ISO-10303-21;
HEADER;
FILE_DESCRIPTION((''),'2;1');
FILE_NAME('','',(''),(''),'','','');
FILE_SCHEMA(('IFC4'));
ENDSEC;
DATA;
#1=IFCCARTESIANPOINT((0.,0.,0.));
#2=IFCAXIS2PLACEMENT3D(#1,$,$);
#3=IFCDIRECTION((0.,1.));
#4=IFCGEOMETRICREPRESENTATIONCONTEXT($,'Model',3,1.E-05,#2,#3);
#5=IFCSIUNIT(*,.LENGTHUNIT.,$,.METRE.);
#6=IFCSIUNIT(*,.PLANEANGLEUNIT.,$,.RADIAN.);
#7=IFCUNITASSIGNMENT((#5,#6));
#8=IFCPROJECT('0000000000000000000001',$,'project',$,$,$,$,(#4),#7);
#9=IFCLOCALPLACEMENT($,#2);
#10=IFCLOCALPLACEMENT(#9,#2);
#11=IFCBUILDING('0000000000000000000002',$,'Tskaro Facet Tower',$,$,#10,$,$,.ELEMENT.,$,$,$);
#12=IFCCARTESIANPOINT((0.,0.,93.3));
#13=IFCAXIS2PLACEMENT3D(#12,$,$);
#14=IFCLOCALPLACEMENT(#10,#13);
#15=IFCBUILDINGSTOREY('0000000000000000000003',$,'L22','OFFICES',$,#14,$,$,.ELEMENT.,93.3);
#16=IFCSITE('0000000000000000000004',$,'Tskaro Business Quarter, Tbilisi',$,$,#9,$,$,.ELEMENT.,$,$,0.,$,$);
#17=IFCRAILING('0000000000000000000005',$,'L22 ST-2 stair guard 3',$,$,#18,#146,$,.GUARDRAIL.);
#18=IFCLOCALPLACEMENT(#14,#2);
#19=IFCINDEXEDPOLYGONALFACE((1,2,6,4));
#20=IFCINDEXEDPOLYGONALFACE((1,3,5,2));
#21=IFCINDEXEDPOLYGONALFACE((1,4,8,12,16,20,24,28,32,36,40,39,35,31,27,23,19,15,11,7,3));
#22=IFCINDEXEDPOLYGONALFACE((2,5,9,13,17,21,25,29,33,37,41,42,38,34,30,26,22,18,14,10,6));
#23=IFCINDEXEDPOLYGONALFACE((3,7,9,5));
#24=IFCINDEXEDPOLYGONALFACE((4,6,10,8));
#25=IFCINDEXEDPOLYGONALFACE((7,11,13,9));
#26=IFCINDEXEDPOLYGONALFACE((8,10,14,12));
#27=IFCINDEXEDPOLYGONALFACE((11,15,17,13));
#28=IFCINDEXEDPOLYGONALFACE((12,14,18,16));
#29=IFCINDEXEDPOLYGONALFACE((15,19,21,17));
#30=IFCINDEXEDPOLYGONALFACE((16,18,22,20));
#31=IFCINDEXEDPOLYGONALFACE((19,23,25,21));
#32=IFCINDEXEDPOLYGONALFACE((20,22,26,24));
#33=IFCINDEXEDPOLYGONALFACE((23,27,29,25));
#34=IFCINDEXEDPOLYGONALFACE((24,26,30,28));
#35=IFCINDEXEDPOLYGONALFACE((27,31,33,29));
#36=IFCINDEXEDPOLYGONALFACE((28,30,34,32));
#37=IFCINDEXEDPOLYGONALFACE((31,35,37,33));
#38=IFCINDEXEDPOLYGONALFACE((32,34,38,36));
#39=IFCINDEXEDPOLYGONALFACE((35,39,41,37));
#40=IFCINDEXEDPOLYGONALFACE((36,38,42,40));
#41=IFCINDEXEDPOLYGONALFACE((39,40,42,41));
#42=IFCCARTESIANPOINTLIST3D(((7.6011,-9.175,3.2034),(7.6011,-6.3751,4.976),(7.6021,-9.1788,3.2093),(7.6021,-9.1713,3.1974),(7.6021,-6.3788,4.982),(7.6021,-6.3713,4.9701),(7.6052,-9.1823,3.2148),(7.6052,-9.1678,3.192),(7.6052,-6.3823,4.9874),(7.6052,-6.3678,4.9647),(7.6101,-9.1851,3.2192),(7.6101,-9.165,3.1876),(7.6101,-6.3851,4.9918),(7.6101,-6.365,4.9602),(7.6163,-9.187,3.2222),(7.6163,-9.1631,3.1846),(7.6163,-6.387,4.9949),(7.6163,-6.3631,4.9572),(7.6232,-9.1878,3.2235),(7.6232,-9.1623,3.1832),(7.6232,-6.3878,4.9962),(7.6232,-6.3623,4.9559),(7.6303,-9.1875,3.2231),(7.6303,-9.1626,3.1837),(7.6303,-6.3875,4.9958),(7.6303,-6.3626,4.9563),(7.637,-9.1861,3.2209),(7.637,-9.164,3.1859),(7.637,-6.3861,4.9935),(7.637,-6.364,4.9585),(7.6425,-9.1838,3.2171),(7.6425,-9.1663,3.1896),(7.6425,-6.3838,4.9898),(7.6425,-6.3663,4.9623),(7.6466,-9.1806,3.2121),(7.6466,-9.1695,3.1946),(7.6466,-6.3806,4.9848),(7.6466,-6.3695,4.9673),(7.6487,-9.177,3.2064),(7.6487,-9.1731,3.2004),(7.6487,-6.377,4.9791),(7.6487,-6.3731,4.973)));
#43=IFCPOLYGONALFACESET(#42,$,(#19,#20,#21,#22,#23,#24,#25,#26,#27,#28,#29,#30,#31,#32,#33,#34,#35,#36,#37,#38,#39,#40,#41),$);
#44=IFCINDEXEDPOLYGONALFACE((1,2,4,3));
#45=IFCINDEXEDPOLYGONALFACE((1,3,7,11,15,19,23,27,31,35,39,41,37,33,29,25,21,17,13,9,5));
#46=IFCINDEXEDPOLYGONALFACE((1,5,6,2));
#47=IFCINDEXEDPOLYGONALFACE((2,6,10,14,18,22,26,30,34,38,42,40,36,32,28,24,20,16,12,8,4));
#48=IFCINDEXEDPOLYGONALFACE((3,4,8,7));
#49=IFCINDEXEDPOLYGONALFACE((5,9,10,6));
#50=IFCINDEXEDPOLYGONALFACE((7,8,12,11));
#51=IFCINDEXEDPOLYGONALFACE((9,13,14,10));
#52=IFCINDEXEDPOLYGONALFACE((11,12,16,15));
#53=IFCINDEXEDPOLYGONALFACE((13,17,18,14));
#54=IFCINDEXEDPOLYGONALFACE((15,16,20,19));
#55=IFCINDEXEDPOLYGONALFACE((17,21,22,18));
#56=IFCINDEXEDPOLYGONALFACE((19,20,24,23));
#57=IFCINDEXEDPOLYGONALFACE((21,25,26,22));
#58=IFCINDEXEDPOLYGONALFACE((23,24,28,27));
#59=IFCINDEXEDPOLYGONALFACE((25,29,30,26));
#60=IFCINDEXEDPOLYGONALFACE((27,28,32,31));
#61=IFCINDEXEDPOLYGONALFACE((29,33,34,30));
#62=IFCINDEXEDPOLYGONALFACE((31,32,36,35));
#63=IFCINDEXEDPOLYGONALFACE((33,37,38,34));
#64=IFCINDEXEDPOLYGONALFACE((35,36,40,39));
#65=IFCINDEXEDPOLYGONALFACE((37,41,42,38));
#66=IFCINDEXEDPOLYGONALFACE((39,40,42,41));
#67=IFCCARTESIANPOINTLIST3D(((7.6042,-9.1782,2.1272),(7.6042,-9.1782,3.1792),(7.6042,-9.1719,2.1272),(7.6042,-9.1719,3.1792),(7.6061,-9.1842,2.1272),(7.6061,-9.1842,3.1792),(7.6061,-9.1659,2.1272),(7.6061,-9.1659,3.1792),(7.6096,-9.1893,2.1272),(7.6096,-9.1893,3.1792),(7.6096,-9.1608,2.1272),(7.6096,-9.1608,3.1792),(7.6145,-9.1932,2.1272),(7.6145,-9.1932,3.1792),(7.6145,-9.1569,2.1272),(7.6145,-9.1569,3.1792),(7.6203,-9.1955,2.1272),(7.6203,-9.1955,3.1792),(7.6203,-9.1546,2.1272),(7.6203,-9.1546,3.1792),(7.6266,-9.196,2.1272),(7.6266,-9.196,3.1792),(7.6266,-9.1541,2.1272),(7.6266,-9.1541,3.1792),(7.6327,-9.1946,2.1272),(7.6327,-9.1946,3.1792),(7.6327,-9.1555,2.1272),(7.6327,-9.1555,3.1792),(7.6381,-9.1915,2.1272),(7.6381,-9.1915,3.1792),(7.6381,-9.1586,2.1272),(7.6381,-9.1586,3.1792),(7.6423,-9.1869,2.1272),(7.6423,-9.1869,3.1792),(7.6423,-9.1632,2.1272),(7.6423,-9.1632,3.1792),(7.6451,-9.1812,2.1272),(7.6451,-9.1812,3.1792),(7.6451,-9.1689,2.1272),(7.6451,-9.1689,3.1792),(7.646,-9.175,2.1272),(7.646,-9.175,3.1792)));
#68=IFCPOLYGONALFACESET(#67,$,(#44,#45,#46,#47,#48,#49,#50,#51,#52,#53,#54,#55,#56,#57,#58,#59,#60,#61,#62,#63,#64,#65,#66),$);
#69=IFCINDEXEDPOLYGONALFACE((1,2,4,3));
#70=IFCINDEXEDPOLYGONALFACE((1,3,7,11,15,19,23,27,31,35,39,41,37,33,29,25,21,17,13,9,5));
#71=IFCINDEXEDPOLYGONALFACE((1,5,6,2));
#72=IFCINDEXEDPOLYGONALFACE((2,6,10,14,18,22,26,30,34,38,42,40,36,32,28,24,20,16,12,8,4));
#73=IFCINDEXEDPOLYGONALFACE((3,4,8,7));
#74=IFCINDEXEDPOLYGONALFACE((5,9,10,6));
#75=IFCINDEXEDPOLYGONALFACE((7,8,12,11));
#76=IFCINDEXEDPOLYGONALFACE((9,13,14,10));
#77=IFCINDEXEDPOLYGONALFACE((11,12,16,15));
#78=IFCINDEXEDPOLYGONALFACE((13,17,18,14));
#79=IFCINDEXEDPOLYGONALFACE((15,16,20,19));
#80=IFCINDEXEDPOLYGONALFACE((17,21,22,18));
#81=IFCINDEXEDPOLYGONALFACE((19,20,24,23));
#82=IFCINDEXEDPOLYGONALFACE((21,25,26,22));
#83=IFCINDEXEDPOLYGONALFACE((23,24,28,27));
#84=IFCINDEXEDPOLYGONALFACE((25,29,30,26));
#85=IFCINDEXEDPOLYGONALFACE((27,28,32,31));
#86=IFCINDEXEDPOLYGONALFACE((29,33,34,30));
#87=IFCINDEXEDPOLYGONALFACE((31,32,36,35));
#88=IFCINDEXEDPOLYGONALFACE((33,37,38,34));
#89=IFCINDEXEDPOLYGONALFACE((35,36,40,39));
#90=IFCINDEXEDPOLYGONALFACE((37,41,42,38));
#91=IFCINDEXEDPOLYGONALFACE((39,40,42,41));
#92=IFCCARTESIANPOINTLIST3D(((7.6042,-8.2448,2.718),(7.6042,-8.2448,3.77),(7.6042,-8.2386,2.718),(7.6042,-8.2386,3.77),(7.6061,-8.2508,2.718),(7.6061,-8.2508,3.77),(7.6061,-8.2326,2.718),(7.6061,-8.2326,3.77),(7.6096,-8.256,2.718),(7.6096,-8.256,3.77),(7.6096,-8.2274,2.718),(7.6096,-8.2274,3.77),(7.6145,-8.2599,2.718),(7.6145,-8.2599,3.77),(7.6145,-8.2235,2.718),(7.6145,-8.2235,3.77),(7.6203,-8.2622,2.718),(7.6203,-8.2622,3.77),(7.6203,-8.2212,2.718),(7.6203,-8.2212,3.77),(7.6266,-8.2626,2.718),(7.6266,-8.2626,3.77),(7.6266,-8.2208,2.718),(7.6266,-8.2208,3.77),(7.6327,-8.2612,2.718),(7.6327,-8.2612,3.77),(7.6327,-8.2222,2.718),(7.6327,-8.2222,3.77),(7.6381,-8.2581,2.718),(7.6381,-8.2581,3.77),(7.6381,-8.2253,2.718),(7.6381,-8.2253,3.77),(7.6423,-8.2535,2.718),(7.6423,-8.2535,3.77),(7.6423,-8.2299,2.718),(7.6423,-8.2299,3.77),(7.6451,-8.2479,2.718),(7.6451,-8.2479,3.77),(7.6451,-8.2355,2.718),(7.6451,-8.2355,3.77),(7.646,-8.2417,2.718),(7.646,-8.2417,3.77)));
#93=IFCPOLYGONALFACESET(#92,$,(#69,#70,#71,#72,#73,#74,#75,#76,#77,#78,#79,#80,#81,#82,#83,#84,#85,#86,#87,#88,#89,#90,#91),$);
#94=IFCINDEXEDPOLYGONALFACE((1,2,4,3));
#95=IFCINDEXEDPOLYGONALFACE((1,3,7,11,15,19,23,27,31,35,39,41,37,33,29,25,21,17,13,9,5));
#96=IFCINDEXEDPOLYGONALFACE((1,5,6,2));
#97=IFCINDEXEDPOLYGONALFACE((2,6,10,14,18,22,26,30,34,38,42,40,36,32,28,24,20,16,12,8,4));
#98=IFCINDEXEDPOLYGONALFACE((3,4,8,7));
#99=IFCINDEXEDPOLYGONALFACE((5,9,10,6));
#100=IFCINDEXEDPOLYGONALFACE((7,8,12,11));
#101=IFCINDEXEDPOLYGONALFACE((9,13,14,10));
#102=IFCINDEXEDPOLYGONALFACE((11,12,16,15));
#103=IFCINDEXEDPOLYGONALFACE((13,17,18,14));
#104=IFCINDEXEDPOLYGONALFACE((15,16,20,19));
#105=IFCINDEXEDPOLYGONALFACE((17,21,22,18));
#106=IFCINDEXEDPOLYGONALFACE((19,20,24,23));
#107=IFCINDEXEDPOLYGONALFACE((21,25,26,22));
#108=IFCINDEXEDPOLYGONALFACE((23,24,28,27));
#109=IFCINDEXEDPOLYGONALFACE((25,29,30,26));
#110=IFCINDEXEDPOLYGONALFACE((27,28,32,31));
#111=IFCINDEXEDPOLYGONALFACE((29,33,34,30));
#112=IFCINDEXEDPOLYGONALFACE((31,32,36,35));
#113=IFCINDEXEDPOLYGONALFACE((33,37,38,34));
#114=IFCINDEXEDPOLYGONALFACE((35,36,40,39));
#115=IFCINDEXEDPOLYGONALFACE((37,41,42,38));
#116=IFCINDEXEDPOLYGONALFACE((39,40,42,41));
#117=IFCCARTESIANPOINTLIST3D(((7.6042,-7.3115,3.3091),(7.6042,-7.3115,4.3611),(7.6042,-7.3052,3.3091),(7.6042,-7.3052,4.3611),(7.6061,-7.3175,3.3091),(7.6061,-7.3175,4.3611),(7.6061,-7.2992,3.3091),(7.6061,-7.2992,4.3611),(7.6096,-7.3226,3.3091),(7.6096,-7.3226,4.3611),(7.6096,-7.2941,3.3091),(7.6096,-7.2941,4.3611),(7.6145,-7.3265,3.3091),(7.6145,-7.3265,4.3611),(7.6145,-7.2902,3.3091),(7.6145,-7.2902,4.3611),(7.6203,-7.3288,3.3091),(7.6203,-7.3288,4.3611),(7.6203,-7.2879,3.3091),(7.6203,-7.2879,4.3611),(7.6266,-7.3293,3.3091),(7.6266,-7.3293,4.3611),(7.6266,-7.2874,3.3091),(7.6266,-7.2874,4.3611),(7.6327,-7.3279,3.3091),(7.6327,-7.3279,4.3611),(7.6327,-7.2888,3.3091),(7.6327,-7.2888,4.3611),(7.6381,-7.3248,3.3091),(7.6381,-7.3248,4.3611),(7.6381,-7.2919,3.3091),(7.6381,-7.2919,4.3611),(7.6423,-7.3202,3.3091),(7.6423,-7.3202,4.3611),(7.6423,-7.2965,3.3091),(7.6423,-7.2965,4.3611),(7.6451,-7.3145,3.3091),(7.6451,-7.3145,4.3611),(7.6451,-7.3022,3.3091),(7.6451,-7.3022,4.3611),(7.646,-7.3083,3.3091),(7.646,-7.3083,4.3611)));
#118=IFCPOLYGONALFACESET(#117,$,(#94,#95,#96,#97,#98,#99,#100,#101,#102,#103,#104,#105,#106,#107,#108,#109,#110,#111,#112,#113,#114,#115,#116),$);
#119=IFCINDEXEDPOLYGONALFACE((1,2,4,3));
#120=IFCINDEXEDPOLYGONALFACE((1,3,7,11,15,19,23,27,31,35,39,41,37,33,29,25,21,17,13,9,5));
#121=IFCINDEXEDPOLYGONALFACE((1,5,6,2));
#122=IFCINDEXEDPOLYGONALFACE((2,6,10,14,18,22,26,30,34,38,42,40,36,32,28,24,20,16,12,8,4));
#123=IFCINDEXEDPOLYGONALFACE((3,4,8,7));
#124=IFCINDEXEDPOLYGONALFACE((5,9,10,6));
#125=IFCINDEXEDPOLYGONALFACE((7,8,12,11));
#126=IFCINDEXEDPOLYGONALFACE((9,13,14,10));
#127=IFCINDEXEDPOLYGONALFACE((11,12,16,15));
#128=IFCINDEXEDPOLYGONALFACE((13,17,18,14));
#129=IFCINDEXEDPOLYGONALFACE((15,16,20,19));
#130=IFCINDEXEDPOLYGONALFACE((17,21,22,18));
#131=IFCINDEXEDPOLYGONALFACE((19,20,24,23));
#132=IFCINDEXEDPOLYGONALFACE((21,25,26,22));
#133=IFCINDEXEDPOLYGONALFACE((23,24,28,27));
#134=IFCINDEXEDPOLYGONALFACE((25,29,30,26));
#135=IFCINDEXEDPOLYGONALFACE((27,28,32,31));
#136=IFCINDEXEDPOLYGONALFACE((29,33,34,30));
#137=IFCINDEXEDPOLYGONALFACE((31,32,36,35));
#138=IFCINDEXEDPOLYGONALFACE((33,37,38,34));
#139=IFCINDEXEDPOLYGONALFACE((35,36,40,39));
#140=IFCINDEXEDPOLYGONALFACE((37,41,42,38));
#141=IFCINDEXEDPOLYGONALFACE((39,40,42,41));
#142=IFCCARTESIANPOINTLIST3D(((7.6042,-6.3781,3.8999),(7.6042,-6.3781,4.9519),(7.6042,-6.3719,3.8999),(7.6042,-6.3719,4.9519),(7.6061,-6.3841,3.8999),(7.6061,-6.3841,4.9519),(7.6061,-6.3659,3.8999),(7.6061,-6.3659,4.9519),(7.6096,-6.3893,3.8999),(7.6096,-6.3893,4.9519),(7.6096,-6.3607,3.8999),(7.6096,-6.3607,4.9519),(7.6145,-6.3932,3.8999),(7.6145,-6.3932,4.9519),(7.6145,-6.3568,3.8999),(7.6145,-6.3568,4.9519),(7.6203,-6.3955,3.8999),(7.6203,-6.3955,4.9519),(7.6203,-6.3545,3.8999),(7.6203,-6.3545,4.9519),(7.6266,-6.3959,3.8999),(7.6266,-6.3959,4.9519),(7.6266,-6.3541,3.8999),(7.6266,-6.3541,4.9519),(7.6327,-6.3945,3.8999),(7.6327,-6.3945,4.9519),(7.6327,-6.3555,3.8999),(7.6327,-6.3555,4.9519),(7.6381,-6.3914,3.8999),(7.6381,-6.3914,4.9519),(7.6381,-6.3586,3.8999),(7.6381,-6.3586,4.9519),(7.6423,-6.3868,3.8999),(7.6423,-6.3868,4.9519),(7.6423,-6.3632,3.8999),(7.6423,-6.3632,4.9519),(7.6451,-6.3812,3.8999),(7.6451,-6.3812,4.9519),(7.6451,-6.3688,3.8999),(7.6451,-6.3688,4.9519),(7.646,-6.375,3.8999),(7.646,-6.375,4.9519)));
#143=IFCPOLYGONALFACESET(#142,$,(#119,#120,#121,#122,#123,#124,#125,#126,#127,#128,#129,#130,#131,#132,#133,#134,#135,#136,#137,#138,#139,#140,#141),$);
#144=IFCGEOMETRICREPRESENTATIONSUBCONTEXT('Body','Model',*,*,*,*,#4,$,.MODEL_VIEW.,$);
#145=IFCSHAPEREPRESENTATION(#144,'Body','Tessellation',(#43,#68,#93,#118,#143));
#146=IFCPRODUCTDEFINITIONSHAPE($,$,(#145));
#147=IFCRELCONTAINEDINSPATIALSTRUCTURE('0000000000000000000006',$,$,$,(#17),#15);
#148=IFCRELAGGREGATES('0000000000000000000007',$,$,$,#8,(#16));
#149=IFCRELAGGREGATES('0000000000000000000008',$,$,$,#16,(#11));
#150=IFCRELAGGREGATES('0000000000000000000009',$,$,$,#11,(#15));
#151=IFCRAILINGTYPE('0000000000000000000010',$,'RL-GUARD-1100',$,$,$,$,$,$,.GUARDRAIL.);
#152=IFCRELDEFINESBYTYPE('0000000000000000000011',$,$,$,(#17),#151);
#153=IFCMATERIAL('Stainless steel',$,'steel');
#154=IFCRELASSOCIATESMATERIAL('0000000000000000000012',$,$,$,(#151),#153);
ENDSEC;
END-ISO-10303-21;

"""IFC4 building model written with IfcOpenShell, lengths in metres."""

from ifc_helpers import new_model, si_unit, direction, frame, origin, origin_2d, place, context, subcontext, project, spatial, circle, extrude, material, type_object, element, save


model = new_model("IFC4")

# Units and contexts
model_context = context("Model", 3, precision=1e-05, world=origin(), true_north=direction((0.0, 1.0)))
body_context = subcontext(model_context, "Body", "Model", "MODEL_VIEW")
ifc_project = project(units=[si_unit("LENGTHUNIT", "METRE"), si_unit("PLANEANGLEUNIT", "RADIAN")], contexts=[model_context])

# Site, building, storey
site_placement = place(None, origin())
site = spatial("IfcSite", under=ifc_project, at=site_placement, Name="Tskaro Business Quarter, Tbilisi", CompositionType="ELEMENT", RefElevation=0.0)
building_placement = place(site_placement, origin())
building = spatial("IfcBuilding", under=site, at=building_placement, Name="Tskaro Facet Tower", CompositionType="ELEMENT")
storey_placement = place(building_placement, frame((0.0, 0.0, 93.3)))
storey = spatial("IfcBuildingStorey", under=building, at=storey_placement, Name="L22", Description="OFFICES", CompositionType="ELEMENT", Elevation=93.3)

# Railing
ifc_material_1 = material(Name="Stainless steel", Category="steel")
railing_type_1 = type_object("IfcRailingType", Name="RL-GUARD-1100", PredefinedType="GUARDRAIL", material=ifc_material_1)
railing_1_placement = place(storey_placement, frame((7.625, -9.175, 2.1272)))
element("IfcRailing", 1, at=railing_1_placement, inside=storey, type_object=railing_type_1, Name="L22 ST-2 stair guard 3", PredefinedType="GUARDRAIL", context=body_context, shape_type="SweptSolid", body=[
    extrude(circle(Radius=0.0239, at=origin_2d()), frame((0.0, 0.0, 1.0762), z_axis=(0.0, 0.844909, 0.53491), x_axis=(-1.0, 0.0, 0.0)), (0.0, 0.0, 1.0), 3.314),
    extrude(circle(Radius=0.021, at=origin_2d()), origin(), (0.0, 0.0, 1.0), 1.052),
    extrude(circle(Radius=0.021, at=origin_2d()), frame((0.0, 0.9333, 0.5908)), (0.0, 0.0, 1.0), 1.052),
    extrude(circle(Radius=0.021, at=origin_2d()), frame((0.0, 1.8667, 1.1819)), (0.0, 0.0, 1.0), 1.052),
    extrude(circle(Radius=0.021, at=origin_2d()), frame((0.0, 2.8, 1.7727)), (0.0, 0.0, 1.0), 1.052),
])

save(model, "model.ifc")
